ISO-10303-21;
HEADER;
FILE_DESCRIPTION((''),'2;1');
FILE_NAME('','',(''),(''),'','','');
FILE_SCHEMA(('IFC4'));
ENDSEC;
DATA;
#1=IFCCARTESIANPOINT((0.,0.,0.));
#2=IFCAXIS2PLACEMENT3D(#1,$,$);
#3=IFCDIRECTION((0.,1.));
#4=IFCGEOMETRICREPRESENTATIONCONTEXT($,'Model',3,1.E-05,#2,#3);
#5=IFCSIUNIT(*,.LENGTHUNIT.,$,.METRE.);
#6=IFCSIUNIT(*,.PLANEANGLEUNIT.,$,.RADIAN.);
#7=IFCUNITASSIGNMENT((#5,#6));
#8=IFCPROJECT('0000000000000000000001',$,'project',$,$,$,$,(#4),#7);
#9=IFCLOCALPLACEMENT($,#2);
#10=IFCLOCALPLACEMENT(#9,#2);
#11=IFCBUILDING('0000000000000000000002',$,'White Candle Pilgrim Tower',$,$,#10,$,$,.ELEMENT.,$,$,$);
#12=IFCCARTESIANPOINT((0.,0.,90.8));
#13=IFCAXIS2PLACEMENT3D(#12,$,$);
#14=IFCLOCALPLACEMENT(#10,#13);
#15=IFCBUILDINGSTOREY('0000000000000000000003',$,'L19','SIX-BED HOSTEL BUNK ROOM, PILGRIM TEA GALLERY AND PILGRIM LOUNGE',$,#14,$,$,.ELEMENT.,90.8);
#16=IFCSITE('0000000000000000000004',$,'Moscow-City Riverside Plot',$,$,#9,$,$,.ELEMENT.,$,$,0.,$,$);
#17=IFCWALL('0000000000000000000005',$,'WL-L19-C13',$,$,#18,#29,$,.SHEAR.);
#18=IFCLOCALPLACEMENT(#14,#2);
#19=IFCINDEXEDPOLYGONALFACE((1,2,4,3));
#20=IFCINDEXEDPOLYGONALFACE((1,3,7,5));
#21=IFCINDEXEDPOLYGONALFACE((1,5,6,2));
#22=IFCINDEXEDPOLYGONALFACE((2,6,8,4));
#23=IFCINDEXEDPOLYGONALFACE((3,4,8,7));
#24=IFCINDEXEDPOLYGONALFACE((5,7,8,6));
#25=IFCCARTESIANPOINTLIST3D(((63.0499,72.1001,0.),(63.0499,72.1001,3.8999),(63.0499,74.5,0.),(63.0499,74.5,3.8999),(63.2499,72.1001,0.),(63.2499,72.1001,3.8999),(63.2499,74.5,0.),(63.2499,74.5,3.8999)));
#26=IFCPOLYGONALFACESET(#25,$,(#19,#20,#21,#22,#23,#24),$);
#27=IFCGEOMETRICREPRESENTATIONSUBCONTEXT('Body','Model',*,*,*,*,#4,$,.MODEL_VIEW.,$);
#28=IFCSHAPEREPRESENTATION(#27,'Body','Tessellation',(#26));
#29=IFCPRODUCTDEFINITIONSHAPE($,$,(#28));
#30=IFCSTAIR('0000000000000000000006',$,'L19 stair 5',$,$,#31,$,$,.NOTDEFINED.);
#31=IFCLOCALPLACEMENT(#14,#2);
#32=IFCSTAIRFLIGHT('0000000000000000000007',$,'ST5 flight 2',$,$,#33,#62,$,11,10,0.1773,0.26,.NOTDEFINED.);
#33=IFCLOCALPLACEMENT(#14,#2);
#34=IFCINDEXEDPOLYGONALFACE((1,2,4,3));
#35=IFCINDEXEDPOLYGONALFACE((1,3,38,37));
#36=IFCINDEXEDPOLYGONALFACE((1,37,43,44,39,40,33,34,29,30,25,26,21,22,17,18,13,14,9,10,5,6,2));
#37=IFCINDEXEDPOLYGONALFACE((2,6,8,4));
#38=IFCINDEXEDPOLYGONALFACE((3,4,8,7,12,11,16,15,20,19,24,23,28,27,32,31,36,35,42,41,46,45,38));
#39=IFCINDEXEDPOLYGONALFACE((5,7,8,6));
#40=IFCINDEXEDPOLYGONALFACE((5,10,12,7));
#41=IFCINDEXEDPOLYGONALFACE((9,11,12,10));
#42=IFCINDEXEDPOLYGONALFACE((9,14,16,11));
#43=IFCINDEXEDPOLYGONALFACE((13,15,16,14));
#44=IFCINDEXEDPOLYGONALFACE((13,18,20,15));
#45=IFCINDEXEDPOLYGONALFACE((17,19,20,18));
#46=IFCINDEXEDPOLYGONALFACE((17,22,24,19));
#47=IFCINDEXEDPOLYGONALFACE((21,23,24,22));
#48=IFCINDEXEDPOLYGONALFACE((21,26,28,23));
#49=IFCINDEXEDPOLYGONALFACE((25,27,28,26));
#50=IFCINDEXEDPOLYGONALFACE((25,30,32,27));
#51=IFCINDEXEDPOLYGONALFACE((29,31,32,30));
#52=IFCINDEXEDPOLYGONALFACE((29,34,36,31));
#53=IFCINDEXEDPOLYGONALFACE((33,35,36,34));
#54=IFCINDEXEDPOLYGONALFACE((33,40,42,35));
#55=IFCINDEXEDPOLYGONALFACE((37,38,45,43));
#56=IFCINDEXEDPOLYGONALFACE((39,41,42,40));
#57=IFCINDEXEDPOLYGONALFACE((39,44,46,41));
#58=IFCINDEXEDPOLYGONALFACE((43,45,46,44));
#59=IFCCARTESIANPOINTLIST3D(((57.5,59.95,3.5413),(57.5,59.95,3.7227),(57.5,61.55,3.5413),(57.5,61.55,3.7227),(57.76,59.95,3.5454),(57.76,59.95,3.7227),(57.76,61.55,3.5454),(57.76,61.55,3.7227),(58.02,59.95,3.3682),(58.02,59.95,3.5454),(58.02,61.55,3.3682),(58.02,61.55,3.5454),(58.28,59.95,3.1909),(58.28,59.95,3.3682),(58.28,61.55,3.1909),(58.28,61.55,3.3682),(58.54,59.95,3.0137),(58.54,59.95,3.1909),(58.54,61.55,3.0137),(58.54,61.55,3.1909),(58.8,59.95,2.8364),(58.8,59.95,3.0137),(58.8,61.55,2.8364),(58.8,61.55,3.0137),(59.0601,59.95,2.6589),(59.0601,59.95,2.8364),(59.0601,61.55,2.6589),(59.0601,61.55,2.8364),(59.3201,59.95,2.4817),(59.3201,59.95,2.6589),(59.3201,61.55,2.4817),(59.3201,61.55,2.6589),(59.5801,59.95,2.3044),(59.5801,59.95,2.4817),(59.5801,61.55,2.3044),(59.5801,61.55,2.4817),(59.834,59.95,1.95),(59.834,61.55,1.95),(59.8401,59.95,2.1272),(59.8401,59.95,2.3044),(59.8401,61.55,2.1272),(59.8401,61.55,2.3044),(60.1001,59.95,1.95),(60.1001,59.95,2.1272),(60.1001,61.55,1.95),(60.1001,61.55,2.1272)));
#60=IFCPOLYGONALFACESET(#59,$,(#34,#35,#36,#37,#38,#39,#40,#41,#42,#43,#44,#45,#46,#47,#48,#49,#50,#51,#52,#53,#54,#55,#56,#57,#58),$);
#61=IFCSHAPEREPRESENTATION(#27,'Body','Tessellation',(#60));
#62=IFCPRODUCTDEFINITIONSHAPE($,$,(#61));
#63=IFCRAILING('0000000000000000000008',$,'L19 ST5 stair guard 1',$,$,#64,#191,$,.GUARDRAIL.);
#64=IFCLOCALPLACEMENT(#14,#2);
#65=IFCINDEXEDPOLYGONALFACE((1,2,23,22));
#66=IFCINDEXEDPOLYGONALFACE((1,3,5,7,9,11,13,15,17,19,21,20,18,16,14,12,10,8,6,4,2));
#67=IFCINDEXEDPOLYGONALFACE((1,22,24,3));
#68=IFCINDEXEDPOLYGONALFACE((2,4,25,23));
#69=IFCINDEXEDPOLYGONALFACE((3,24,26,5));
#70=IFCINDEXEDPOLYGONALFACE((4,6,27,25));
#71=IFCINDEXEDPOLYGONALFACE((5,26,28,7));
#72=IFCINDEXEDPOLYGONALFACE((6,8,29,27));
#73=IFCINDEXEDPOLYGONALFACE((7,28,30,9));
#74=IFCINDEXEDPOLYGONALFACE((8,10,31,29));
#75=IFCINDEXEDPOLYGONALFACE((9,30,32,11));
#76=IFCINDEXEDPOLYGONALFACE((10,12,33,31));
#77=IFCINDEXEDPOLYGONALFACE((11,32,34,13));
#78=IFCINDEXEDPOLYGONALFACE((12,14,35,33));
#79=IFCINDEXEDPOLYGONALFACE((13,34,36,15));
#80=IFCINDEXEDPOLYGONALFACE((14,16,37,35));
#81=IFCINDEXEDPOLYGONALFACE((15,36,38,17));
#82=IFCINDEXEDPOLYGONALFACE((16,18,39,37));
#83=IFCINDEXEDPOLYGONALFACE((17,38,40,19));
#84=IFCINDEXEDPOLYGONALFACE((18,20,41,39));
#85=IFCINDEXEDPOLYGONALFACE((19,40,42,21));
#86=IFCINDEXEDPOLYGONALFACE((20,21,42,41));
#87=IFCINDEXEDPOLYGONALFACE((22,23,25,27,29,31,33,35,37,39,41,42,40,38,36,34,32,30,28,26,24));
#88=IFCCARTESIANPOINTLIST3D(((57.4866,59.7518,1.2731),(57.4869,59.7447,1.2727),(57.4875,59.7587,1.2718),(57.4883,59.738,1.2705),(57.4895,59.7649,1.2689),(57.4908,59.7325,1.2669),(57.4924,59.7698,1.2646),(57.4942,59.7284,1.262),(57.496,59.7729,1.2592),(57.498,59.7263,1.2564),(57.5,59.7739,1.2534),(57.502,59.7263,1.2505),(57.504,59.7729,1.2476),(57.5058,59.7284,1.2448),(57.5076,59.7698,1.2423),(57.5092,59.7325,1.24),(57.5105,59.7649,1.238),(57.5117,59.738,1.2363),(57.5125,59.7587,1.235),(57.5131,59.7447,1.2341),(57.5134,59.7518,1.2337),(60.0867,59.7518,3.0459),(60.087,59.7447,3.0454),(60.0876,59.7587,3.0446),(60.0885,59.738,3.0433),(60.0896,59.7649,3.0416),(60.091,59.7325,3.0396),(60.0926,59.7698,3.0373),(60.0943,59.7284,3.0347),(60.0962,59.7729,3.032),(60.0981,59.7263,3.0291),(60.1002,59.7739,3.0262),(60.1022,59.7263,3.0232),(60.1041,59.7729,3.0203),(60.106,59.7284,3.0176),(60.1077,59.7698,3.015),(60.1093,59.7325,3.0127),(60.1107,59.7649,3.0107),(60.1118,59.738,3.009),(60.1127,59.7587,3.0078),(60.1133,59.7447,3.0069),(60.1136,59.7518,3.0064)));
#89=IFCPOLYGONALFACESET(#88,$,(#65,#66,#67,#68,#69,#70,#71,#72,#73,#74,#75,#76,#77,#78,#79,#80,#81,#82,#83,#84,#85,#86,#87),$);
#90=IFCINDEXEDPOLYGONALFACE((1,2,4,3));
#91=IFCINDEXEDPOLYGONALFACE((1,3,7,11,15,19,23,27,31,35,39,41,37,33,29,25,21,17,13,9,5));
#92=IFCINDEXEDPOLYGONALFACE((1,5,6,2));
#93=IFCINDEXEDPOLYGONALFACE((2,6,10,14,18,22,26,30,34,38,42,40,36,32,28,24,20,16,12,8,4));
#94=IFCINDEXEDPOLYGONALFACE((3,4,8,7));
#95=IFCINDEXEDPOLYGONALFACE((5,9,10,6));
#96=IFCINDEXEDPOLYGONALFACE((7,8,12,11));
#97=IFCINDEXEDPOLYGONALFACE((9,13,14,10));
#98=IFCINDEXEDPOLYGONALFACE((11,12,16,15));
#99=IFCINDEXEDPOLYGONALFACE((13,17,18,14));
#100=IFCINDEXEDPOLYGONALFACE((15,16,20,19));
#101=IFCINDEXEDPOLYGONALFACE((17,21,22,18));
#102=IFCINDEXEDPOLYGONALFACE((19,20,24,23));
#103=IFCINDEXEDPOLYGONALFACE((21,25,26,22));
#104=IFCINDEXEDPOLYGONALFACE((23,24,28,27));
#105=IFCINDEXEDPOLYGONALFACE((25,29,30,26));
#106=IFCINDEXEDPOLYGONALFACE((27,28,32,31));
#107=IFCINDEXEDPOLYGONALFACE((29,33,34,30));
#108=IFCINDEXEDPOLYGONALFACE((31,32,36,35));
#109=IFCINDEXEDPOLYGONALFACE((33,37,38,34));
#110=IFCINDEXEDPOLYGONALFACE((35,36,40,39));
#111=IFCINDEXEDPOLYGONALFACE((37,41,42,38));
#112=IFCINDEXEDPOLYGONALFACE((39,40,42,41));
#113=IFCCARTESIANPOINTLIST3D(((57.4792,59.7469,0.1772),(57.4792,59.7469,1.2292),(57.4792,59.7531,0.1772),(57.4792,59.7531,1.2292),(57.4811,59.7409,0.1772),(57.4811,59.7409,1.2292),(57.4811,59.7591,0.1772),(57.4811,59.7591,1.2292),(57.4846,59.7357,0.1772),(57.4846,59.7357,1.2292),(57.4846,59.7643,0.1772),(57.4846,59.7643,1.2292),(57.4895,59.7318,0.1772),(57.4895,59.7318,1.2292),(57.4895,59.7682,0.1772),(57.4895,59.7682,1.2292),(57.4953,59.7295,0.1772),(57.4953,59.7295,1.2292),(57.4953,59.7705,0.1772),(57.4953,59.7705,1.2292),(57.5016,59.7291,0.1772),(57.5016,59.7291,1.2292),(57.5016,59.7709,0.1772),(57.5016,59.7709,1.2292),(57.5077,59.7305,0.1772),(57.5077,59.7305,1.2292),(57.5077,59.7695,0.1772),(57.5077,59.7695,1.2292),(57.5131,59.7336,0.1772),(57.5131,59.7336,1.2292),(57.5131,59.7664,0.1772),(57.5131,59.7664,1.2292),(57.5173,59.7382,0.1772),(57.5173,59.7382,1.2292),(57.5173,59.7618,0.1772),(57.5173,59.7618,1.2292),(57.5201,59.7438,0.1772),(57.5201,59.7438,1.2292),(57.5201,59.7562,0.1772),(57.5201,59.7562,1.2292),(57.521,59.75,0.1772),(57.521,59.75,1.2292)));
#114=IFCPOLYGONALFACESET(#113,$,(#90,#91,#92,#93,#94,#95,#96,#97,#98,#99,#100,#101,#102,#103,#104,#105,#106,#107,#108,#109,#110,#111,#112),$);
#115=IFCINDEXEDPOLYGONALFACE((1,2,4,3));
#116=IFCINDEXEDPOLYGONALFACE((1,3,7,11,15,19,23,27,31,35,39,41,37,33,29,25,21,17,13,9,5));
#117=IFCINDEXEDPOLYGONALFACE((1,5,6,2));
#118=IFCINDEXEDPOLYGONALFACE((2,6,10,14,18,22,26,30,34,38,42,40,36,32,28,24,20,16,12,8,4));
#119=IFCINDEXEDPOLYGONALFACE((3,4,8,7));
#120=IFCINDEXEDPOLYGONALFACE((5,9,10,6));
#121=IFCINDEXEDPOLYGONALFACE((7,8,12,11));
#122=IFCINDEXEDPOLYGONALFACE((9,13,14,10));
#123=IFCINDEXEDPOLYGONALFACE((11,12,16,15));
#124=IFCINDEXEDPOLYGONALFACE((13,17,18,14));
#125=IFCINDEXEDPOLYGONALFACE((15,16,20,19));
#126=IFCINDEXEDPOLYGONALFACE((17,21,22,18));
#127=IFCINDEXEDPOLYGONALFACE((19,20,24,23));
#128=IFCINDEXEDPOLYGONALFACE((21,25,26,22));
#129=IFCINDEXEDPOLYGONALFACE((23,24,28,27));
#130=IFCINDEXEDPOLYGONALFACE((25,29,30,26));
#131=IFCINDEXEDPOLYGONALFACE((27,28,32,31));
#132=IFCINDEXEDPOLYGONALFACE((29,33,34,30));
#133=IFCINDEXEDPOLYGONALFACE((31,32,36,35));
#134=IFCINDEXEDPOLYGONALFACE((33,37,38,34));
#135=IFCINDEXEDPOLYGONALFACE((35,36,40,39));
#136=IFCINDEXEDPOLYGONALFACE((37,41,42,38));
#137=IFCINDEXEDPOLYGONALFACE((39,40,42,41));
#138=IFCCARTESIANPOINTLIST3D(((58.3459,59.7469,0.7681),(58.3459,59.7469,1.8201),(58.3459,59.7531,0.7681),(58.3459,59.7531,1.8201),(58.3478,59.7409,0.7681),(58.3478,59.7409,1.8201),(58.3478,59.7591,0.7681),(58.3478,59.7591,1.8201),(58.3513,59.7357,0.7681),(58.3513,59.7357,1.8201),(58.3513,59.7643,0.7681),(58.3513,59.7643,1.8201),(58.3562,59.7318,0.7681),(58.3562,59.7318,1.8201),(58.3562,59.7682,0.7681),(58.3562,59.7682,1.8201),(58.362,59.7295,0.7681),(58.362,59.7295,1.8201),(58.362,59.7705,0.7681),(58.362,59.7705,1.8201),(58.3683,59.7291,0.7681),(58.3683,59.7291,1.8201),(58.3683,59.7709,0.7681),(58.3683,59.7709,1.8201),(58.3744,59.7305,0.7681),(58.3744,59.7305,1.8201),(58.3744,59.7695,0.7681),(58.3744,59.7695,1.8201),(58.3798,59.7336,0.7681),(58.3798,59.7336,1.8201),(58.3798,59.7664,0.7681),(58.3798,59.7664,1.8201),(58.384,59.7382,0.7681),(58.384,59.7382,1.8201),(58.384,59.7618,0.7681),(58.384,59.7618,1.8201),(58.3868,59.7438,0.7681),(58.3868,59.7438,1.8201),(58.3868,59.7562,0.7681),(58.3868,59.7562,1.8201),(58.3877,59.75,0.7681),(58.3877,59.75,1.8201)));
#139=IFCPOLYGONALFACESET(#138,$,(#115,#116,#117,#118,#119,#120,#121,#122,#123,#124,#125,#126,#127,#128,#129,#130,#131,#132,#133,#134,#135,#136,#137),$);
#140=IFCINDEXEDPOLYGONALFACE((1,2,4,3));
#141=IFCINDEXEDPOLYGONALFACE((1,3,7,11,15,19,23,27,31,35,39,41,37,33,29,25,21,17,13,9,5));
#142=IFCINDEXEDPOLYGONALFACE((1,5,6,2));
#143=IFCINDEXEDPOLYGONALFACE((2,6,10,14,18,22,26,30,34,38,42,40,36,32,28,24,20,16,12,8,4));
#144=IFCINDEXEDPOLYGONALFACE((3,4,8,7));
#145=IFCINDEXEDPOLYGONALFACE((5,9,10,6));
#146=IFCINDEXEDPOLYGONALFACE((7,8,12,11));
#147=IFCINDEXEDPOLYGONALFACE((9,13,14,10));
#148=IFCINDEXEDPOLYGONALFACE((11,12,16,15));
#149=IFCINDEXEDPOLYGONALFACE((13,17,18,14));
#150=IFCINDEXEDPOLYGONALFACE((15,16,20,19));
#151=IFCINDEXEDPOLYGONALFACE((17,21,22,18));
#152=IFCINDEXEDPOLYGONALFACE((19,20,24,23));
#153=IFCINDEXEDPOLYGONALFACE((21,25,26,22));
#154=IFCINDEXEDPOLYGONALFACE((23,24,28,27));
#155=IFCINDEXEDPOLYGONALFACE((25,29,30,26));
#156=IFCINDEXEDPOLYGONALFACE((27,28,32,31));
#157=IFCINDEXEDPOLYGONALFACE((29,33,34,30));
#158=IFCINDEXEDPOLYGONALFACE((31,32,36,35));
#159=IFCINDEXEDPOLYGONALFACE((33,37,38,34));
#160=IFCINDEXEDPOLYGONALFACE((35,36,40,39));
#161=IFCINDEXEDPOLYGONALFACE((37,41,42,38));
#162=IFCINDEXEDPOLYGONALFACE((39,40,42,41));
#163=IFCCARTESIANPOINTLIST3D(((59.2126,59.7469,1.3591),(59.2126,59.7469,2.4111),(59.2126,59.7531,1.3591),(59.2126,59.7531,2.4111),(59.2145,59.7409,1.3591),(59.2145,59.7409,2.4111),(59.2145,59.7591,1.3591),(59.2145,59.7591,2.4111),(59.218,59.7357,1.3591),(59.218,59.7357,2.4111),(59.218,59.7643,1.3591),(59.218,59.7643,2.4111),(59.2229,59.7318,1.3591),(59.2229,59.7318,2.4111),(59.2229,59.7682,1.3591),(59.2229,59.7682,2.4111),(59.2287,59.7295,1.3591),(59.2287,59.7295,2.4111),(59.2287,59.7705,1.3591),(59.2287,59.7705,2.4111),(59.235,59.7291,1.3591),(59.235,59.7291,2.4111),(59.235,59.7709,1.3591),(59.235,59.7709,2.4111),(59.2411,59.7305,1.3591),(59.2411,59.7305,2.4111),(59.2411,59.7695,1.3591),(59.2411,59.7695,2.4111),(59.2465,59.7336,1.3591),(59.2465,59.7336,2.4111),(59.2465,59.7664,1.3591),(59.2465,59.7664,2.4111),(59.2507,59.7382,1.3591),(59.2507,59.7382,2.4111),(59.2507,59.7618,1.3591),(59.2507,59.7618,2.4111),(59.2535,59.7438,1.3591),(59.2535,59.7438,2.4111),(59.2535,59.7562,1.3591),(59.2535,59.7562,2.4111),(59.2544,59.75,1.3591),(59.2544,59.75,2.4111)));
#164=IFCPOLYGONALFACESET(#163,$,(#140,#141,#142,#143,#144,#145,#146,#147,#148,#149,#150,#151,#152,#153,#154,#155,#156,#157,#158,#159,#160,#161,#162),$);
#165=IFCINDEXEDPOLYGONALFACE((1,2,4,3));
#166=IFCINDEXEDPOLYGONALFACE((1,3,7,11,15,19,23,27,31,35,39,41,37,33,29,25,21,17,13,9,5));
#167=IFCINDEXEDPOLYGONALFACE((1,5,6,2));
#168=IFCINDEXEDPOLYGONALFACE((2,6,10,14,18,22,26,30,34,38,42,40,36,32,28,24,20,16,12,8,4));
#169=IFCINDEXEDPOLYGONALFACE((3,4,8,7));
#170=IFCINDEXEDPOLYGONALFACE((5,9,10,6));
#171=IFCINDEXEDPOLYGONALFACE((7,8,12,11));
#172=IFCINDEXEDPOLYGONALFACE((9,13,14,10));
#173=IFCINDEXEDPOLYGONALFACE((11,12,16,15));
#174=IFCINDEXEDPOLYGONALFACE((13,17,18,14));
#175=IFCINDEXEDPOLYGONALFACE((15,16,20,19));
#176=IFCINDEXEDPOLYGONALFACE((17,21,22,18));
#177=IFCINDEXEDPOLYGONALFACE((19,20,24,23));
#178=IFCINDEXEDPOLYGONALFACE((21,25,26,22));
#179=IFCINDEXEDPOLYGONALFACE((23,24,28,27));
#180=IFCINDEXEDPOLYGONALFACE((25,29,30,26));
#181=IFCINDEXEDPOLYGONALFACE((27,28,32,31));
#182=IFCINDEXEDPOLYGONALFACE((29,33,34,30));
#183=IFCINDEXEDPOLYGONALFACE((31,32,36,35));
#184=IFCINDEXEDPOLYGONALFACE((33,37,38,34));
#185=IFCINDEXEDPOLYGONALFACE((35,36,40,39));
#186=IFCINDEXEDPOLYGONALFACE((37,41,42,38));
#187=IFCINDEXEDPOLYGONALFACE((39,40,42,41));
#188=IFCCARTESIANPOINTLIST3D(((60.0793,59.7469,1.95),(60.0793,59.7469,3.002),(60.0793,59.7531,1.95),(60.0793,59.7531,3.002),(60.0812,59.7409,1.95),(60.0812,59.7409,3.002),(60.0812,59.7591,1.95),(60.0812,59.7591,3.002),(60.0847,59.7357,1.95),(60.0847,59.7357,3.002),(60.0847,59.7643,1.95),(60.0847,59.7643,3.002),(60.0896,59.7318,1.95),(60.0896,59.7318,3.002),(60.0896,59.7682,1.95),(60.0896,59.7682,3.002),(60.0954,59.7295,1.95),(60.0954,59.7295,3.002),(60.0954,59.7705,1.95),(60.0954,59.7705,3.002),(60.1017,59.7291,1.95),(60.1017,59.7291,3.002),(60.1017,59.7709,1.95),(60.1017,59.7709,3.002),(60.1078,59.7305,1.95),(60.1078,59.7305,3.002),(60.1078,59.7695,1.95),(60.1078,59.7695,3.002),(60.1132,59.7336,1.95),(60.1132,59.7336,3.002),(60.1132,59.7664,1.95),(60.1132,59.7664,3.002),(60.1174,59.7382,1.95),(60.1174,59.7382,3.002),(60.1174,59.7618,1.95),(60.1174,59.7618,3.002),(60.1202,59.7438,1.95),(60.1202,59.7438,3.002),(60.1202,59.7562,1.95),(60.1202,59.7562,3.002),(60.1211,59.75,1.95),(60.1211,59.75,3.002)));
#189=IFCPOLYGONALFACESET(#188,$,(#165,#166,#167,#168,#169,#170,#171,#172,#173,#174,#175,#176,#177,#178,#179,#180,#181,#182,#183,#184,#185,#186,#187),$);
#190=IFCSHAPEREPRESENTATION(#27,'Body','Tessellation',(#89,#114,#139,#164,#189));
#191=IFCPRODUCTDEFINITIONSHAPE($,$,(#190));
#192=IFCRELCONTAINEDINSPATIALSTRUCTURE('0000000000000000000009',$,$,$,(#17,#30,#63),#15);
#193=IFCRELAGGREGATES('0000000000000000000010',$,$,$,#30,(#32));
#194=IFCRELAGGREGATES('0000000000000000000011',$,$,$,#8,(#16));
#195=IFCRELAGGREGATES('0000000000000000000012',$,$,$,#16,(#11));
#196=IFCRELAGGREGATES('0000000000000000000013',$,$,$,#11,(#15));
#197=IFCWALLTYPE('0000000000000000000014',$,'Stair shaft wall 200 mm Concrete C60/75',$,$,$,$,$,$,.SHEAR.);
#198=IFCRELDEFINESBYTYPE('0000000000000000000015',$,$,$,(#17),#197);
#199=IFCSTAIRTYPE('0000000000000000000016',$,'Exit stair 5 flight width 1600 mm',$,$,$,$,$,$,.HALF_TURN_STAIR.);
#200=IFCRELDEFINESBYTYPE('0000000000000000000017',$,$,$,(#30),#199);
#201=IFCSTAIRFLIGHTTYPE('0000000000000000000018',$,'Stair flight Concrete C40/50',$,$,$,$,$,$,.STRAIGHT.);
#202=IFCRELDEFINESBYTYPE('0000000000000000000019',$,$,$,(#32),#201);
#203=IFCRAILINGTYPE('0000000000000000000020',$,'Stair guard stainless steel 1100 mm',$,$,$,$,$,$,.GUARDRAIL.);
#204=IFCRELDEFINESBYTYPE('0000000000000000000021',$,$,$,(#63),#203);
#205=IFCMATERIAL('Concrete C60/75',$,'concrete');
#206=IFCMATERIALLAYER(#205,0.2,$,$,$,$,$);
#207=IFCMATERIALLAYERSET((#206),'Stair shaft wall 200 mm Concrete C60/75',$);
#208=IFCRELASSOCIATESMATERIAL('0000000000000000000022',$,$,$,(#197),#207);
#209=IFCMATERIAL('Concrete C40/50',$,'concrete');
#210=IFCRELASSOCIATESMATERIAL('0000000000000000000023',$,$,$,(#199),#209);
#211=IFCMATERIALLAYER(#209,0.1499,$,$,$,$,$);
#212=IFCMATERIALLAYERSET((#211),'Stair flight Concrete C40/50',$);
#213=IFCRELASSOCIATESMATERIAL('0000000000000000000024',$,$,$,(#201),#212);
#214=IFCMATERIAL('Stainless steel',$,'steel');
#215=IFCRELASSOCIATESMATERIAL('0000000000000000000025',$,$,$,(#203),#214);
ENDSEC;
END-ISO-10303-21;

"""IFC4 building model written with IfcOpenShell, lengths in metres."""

from ifc_helpers import new_model, si_unit, direction, frame, frame_2d, origin, origin_2d, place, context, subcontext, project, spatial, polyline, rectangle, circle, outline, extrude, material, layer, layer_set, type_object, element, aggregate, save


model = new_model("IFC4")

# Units and contexts
model_context = context("Model", 3, precision=1e-05, world=origin(), true_north=direction((0.0, 1.0)))
body_context = subcontext(model_context, "Body", "Model", "MODEL_VIEW")
ifc_project = project(units=[si_unit("LENGTHUNIT", "METRE"), si_unit("PLANEANGLEUNIT", "RADIAN")], contexts=[model_context])

# Site, building, storey
site_placement = place(None, origin())
site = spatial("IfcSite", under=ifc_project, at=site_placement, Name="Moscow-City Riverside Plot", CompositionType="ELEMENT", RefElevation=0.0)
building_placement = place(site_placement, origin())
building = spatial("IfcBuilding", under=site, at=building_placement, Name="White Candle Pilgrim Tower", CompositionType="ELEMENT")
storey_placement = place(building_placement, frame((0.0, 0.0, 90.8)))
storey = spatial("IfcBuildingStorey", under=building, at=storey_placement, Name="L19", Description="SIX-BED HOSTEL BUNK ROOM, PILGRIM TEA GALLERY AND PILGRIM LOUNGE", CompositionType="ELEMENT", Elevation=90.8)

# Shared definitions
ifc_material_1 = material(Name="Concrete C60/75", Category="concrete")

# Shared definitions
ifc_material_2 = material(Name="Stainless steel", Category="steel")

# Wall
ifc_layer_1 = layer(ifc_material_1, 0.2)
ifc_layer_set_1 = layer_set([ifc_layer_1], Name="Stair shaft wall 200 mm Concrete C60/75")
wall_type_1 = type_object("IfcWallType", Name="Stair shaft wall 200 mm Concrete C60/75", PredefinedType="SHEAR", material=ifc_layer_set_1)
wall_1_placement = place(storey_placement, frame((63.1499, 72.1001, 0.0), z_axis=(0.0, 0.0, 1.0), x_axis=(0.0, 1.0, 0.0)))
element("IfcWall", 1, at=wall_1_placement, inside=storey, type_object=wall_type_1, Name="WL-L19-C13", PredefinedType="SHEAR", context=body_context, shape_type="SweptSolid", body=[
    extrude(rectangle(XDim=2.3999, YDim=0.2, at=frame_2d((1.2, 0.0))), origin(), (0.0, 0.0, 1.0), 3.8999),
])

# Stair, stair flight
ifc_material_3 = material(Name="Concrete C40/50", Category="concrete")
stair_type = type_object("IfcStairType", Name="Exit stair 5 flight width 1600 mm", PredefinedType="HALF_TURN_STAIR", material=ifc_material_3)
stair_placement = place(storey_placement, origin())
stair = element("IfcStair", 2, at=stair_placement, inside=storey, type_object=stair_type, Name="L19 stair 5", PredefinedType="NOTDEFINED")
ifc_layer_2 = layer(ifc_material_3, 0.1499)
ifc_layer_set_2 = layer_set([ifc_layer_2], Name="Stair flight Concrete C40/50")
stair_flight_type = type_object("IfcStairFlightType", Name="Stair flight Concrete C40/50", PredefinedType="STRAIGHT", material=ifc_layer_set_2)
stair_flight_placement = place(storey_placement, frame((60.1001, 60.75, 1.95), z_axis=(0.0, 0.0, 1.0), x_axis=(-1.0, 0.0, 0.0)))
stair_flight = element("IfcStairFlight", 3, at=stair_flight_placement, type_object=stair_flight_type, Name="ST5 flight 2", NumberOfRisers=11, NumberOfTreads=10, PredefinedType="NOTDEFINED", RiserHeight=0.1773, TreadLength=0.26, context=body_context, shape_type="SweptSolid", body=[
    extrude(outline(polyline([(0.0, 0.0), (0.0, 0.1772), (0.26, 0.1772), (0.26, 0.3545), (0.52, 0.3545), (0.52, 0.5317), (0.78, 0.5317), (0.78, 0.709), (1.04, 0.709), (1.04, 0.8865), (1.3, 0.8865), (1.3, 1.0637), (1.5601, 1.0637), (1.5601, 1.241), (1.8201, 1.241), (1.8201, 1.4182), (2.0801, 1.4182), (2.0801, 1.5955), (2.3401, 1.5955), (2.3401, 1.7727), (2.6001, 1.7727), (2.6001, 1.95), (2.6001, 1.5913), (0.2661, 0.0), (0.0, 0.0)])), frame((0.0, 0.8, 0.0), z_axis=(0.0, -1.0, 0.0), x_axis=(1.0, 0.0, 0.0)), (0.0, 0.0, 1.0), 1.6001),
])
aggregate(stair, [stair_flight])

# Railing
railing_type_1 = type_object("IfcRailingType", Name="Stair guard stainless steel 1100 mm", PredefinedType="GUARDRAIL", material=ifc_material_2)
railing_1_placement = place(storey_placement, frame((57.5, 59.75, 0.1772)))
element("IfcRailing", 4, at=railing_1_placement, inside=storey, type_object=railing_type_1, Name="L19 ST5 stair guard 1", PredefinedType="GUARDRAIL", context=body_context, shape_type="SweptSolid", body=[
    extrude(circle(Radius=0.0239, at=origin_2d()), frame((0.0, 0.0, 1.0762), z_axis=(0.82624, 0.0, 0.563318), x_axis=(0.0, 1.0, 0.0)), (0.0, 0.0, 1.0), 3.147),
    extrude(circle(Radius=0.021, at=origin_2d()), origin(), (0.0, 0.0, 1.0), 1.052),
    extrude(circle(Radius=0.021, at=origin_2d()), frame((0.8667, 0.0, 0.5908)), (0.0, 0.0, 1.0), 1.052),
    extrude(circle(Radius=0.021, at=origin_2d()), frame((1.7334, 0.0, 1.1819)), (0.0, 0.0, 1.0), 1.052),
    extrude(circle(Radius=0.021, at=origin_2d()), frame((2.6001, 0.0, 1.7727)), (0.0, 0.0, 1.0), 1.052),
])

save(model, "model.ifc")
